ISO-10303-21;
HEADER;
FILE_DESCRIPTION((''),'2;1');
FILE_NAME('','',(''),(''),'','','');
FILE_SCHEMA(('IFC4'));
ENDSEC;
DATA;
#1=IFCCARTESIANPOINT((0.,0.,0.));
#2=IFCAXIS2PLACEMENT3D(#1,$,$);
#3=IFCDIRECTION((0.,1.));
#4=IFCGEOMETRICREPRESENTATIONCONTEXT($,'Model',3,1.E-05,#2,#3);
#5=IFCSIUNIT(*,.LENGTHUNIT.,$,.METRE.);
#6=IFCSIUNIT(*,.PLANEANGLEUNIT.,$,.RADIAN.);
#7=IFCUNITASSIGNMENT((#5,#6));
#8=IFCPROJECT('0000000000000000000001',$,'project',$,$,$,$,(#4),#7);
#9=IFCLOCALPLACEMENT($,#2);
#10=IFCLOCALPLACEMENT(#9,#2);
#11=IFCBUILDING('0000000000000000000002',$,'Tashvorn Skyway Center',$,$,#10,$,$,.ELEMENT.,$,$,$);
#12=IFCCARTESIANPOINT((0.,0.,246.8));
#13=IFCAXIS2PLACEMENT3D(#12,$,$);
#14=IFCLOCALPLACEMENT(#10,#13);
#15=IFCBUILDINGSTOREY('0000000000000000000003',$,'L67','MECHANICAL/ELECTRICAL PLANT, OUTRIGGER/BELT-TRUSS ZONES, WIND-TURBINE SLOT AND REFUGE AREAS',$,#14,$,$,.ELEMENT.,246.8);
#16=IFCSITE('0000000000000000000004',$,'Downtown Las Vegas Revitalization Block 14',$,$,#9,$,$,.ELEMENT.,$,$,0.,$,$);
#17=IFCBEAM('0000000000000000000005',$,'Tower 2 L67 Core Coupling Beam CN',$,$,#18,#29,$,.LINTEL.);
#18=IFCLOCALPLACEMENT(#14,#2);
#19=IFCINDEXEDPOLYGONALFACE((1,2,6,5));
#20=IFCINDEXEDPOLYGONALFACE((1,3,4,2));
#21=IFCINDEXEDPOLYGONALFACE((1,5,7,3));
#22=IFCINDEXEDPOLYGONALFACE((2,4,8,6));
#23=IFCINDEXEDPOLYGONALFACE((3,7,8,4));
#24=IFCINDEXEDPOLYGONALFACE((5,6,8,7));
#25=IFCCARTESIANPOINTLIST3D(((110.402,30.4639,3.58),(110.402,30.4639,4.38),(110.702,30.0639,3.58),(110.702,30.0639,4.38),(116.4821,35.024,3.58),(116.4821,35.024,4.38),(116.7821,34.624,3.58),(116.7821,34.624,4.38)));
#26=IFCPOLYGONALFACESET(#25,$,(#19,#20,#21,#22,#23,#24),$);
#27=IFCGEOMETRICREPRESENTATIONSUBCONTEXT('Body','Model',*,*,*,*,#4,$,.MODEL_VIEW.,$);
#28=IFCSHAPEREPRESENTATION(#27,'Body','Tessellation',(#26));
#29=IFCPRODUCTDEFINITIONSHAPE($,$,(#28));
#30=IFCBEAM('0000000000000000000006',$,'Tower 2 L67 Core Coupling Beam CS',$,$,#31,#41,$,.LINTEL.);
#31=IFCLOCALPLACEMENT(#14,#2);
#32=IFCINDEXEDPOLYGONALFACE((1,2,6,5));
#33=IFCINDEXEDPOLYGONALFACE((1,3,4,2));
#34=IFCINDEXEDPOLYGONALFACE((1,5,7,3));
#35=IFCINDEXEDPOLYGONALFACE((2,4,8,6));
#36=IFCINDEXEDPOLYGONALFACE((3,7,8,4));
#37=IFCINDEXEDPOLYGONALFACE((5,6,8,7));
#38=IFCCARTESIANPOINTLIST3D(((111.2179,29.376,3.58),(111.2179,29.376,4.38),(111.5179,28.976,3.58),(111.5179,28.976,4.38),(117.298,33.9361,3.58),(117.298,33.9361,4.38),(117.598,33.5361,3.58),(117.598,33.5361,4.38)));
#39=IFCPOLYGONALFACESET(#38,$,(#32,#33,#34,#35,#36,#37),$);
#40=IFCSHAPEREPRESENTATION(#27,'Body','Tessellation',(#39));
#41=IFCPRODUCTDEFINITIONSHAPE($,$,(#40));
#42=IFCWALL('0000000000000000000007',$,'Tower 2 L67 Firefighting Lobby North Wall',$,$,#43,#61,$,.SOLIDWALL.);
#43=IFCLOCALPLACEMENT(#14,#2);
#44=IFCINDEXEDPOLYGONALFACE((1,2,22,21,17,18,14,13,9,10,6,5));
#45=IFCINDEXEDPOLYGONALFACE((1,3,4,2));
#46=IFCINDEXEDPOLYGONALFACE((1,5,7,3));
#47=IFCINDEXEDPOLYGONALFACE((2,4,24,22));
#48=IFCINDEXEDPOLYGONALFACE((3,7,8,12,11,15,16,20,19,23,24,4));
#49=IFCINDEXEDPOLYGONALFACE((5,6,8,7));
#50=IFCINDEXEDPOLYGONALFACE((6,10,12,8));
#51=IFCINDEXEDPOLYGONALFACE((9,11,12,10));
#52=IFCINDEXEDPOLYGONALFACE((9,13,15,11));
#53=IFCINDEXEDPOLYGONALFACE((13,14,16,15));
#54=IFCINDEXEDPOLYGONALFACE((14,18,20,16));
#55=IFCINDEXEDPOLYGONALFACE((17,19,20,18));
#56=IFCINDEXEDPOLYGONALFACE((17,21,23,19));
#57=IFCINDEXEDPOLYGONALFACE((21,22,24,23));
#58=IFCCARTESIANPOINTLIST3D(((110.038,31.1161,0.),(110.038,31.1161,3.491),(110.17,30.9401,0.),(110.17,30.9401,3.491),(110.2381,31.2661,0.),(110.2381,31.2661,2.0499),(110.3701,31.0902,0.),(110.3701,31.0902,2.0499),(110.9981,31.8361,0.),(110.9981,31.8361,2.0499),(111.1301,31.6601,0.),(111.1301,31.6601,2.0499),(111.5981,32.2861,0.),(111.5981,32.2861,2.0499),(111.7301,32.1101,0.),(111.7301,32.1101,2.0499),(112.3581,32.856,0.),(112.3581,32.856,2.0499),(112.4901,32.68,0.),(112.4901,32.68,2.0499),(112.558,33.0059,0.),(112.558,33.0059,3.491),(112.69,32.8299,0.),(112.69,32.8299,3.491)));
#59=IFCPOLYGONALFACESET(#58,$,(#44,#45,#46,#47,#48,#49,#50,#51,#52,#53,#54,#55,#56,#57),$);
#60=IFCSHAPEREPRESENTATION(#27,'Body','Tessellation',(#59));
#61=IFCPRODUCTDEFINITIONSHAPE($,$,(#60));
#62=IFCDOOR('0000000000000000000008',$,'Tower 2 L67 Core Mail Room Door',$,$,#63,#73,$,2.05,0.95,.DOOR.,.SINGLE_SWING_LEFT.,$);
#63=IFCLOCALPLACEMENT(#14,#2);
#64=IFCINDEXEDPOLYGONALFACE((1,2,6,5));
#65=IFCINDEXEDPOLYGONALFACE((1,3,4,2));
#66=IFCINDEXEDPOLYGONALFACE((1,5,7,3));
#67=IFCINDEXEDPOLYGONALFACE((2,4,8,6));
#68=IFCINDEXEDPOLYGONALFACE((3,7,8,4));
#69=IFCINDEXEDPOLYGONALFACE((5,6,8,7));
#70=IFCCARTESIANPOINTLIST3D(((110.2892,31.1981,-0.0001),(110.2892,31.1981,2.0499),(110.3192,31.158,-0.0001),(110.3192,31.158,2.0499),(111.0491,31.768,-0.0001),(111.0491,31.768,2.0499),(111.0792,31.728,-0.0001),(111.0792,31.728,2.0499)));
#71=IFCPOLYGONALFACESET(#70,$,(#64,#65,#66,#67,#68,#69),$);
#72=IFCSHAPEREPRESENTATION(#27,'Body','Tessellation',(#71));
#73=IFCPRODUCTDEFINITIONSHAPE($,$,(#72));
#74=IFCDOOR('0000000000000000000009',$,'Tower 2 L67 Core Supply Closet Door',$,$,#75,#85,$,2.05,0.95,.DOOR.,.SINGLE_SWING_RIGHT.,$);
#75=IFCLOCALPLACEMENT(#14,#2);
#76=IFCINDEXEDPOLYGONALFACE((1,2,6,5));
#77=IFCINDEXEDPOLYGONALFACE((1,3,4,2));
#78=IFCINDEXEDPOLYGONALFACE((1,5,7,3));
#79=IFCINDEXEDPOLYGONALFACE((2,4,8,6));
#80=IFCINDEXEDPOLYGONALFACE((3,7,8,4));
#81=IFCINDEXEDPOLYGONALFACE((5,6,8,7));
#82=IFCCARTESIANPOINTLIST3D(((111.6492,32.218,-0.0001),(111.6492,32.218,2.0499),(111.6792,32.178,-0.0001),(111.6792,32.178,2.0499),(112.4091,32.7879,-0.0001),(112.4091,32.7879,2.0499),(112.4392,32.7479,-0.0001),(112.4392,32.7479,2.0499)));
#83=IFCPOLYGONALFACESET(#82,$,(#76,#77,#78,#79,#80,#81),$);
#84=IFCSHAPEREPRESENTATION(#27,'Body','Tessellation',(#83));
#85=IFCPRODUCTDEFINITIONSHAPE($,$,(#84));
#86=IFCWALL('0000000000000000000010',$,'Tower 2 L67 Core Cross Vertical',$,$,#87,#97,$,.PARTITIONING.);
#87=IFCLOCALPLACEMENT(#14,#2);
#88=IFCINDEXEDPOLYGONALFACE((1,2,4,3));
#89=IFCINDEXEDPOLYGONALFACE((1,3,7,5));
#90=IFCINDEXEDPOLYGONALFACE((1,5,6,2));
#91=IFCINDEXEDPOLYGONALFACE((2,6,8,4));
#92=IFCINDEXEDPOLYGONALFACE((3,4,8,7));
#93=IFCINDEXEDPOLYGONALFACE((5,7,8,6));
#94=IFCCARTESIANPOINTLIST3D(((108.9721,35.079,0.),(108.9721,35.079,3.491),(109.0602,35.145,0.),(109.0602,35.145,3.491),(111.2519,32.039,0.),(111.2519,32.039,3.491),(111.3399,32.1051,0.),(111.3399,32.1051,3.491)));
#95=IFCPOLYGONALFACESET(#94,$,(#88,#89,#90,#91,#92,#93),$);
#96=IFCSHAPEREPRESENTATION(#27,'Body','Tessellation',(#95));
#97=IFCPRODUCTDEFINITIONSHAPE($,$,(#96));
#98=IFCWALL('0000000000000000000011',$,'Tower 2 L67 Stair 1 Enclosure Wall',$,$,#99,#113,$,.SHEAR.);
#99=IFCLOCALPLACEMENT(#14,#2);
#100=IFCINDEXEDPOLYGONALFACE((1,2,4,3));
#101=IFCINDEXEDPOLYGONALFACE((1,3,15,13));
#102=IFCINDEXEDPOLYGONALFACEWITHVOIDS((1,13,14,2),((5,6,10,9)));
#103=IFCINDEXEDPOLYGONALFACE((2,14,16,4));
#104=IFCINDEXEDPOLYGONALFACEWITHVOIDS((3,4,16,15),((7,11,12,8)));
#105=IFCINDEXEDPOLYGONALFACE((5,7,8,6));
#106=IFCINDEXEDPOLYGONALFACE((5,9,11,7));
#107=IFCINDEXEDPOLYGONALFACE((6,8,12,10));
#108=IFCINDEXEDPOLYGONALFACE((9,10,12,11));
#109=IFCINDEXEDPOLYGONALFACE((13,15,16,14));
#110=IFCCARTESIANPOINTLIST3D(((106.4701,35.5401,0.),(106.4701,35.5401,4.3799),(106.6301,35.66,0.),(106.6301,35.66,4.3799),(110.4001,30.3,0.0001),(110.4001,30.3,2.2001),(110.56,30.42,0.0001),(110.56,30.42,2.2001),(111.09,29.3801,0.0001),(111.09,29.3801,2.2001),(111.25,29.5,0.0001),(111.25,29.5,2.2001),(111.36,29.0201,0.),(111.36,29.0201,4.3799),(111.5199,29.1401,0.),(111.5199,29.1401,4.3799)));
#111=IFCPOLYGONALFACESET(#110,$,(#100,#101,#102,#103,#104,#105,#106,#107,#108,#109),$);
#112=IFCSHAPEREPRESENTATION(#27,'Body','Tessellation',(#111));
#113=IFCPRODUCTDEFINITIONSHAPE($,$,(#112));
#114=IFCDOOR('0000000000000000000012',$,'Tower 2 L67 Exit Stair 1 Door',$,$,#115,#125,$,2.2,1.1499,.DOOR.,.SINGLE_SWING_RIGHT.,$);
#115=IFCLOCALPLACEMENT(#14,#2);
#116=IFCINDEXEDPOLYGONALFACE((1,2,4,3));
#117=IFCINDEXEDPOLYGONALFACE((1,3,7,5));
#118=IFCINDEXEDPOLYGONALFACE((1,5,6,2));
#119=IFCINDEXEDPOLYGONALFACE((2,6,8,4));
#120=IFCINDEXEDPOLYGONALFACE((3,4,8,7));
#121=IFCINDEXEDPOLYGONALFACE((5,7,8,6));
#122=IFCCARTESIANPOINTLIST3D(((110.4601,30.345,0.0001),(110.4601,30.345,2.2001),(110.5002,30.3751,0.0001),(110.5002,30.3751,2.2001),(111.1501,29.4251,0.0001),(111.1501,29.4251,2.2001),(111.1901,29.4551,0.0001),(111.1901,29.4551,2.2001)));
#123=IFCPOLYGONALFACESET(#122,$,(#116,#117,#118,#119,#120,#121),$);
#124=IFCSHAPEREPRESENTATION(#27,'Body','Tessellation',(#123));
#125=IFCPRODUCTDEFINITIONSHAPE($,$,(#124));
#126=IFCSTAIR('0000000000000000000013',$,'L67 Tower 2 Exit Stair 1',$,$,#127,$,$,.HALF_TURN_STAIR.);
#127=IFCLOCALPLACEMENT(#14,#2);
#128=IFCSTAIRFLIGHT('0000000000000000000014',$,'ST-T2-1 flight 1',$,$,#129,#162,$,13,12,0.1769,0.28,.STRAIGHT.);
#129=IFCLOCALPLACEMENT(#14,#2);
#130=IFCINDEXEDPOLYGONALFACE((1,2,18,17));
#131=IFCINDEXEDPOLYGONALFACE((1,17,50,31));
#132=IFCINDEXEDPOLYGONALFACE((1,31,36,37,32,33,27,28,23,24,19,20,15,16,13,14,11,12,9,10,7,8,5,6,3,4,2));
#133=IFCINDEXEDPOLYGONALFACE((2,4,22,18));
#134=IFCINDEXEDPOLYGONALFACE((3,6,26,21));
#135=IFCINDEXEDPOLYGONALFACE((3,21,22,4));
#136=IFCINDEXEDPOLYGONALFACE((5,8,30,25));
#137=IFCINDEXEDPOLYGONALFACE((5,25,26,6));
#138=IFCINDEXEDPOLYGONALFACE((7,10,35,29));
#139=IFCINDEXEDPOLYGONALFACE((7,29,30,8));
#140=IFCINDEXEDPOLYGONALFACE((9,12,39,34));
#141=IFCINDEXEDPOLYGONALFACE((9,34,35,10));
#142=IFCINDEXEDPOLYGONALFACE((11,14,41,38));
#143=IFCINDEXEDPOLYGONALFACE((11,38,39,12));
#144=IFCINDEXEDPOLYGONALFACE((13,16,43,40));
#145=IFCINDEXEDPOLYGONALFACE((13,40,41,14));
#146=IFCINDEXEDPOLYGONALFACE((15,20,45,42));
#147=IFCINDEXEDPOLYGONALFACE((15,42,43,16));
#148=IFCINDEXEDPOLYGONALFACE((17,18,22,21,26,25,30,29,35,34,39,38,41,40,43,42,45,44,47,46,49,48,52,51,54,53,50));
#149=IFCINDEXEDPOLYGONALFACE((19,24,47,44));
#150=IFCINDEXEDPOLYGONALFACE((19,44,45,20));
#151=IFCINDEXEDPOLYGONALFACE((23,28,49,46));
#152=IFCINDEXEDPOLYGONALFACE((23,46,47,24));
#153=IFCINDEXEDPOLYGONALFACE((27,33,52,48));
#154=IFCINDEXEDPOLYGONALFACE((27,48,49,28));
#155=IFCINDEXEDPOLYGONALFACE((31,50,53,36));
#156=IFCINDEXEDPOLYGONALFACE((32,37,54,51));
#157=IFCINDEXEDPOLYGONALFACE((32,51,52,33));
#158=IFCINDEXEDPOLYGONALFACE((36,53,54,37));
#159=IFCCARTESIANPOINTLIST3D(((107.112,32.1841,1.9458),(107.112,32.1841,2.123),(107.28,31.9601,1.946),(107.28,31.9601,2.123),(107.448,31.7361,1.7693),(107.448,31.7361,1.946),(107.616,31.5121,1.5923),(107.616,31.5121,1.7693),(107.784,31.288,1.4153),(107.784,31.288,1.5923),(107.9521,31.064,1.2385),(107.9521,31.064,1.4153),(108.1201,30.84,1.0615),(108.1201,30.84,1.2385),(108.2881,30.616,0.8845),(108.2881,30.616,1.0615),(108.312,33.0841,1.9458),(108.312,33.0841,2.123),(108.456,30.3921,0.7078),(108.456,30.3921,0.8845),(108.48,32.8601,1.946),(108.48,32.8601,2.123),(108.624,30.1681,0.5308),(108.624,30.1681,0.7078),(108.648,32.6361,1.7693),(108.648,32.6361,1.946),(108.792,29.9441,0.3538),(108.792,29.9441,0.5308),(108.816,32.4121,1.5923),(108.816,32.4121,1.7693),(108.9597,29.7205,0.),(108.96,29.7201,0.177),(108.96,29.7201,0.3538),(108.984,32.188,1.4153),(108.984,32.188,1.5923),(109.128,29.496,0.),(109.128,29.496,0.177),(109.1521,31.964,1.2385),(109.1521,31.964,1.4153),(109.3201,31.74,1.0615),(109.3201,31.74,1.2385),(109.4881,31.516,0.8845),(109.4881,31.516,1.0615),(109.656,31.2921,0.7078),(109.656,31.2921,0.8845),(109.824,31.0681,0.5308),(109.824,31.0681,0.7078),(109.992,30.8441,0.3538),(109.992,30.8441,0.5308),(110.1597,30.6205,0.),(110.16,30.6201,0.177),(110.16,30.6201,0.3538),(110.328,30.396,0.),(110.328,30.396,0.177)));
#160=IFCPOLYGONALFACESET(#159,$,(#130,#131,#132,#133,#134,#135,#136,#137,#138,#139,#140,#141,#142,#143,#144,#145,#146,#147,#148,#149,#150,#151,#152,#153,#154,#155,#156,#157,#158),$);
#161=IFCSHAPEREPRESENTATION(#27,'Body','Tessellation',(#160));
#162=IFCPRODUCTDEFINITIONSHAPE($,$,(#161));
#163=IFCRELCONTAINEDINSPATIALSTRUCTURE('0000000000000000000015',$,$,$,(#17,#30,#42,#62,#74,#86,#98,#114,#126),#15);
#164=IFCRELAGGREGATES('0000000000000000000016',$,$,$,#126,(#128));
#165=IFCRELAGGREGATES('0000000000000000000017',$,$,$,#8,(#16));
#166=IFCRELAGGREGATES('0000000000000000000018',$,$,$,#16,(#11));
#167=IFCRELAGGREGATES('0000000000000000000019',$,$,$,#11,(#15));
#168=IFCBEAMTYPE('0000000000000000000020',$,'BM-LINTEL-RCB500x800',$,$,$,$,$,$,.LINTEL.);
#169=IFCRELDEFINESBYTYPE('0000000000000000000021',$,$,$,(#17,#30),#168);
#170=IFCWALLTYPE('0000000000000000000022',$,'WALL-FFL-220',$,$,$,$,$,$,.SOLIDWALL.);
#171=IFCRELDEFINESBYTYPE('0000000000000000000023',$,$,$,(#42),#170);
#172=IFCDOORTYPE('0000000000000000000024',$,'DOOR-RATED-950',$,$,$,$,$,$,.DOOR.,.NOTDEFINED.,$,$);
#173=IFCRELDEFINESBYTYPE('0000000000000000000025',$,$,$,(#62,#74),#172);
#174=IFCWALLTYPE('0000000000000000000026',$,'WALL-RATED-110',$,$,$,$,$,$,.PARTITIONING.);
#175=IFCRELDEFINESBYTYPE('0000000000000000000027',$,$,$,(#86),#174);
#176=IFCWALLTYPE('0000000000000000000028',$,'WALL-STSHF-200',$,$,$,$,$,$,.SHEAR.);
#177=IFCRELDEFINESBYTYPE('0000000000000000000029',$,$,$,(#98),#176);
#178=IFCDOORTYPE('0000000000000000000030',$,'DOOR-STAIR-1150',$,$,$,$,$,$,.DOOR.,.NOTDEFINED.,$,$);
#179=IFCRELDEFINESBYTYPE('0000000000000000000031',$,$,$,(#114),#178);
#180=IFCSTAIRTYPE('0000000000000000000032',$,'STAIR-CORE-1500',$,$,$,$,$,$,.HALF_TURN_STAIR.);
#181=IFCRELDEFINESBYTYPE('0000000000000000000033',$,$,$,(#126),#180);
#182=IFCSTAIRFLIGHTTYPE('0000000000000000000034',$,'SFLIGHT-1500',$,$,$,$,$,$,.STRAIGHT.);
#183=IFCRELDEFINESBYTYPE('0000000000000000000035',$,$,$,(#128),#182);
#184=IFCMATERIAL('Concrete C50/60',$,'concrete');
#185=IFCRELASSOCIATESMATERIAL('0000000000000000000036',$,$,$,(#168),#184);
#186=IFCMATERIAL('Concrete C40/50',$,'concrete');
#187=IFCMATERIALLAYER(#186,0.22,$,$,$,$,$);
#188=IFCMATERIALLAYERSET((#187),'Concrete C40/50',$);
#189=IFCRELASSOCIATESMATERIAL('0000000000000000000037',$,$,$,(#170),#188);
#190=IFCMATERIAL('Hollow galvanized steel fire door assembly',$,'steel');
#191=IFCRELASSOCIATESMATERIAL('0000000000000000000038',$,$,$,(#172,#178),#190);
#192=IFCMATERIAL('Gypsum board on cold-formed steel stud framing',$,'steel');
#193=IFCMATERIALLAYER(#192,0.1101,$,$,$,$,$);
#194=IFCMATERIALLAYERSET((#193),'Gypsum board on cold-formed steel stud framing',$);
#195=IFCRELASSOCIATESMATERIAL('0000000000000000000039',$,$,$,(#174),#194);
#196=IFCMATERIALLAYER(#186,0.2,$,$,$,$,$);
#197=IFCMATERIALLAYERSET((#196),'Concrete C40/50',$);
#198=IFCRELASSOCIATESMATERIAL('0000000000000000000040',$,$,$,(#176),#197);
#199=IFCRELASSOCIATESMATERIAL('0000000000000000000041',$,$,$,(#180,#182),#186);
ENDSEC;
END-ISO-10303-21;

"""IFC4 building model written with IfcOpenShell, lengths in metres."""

from ifc_helpers import new_model, si_unit, direction, frame, frame_2d, origin, origin_2d, place, context, subcontext, project, spatial, polyline, rectangle, outline, extrude, material, layer, layer_set, material_profile, profile_set, type_object, element, fill, aggregate, save


model = new_model("IFC4")

# Units and contexts
model_context = context("Model", 3, precision=1e-05, world=origin(), true_north=direction((0.0, 1.0)))
body_context = subcontext(model_context, "Body", "Model", "MODEL_VIEW")
ifc_project = project(units=[si_unit("LENGTHUNIT", "METRE"), si_unit("PLANEANGLEUNIT", "RADIAN")], contexts=[model_context])

# Site, building, storey
site_placement = place(None, origin())
site = spatial("IfcSite", under=ifc_project, at=site_placement, Name="Downtown Las Vegas Revitalization Block 14", CompositionType="ELEMENT", RefElevation=0.0)
building_placement = place(site_placement, origin())
building = spatial("IfcBuilding", under=site, at=building_placement, Name="Tashvorn Skyway Center", CompositionType="ELEMENT")
storey_placement = place(building_placement, frame((0.0, 0.0, 246.8)))
storey = spatial("IfcBuildingStorey", under=building, at=storey_placement, Name="L67", Description="MECHANICAL/ELECTRICAL PLANT, OUTRIGGER/BELT-TRUSS ZONES, WIND-TURBINE SLOT AND REFUGE AREAS", CompositionType="ELEMENT", Elevation=246.8)

# Beams
ifc_material_1 = material(Name="Concrete C50/60", Category="concrete")
ifc_material_profile = material_profile(ifc_material_1, rectangle(XDim=0.5, YDim=0.8, at=origin_2d()), Name="RCB500x800")
ifc_profile_set = profile_set([ifc_material_profile], Name="Concrete C50/60")
beam_type = type_object("IfcBeamType", Name="BM-LINTEL-RCB500x800", PredefinedType="LINTEL", material=ifc_profile_set)
for number, where, z_axis, x_axis, name in (
    (1, (110.552, 30.2639, 3.98), (0.8, 0.6, 0.0), (-0.6, 0.8, 0.0), "Tower 2 L67 Core Coupling Beam CN"),
    (2, (111.3679, 29.176, 3.98), (0.8, 0.6, 0.0), (-0.6, 0.8, 0.0), "Tower 2 L67 Core Coupling Beam CS"),
):
    element("IfcBeam", number, at=place(storey_placement, frame(where, z_axis=z_axis, x_axis=x_axis)), inside=storey, type_object=beam_type, Name=name, PredefinedType="LINTEL", context=body_context, shape_type="SweptSolid", body=[
        extrude(rectangle(XDim=0.5, YDim=0.8, at=origin_2d()), origin(), (0.0, 0.0, 1.0), 7.6001),
    ])

# Wall, openings, doors
ifc_material_2 = material(Name="Concrete C40/50", Category="concrete")
ifc_layer_1 = layer(ifc_material_2, 0.22)
ifc_layer_set_1 = layer_set([ifc_layer_1], Name="Concrete C40/50")
wall_type_1 = type_object("IfcWallType", Name="WALL-FFL-220", PredefinedType="SOLIDWALL", material=ifc_layer_set_1)
wall_1_placement = place(storey_placement, frame((110.104, 31.0281, 0.0), z_axis=(0.0, 0.0, 1.0), x_axis=(0.800019, 0.599975, 0.0)))
wall_1 = element("IfcWall", 3, at=wall_1_placement, inside=storey, type_object=wall_type_1, Name="Tower 2 L67 Firefighting Lobby North Wall", PredefinedType="SOLIDWALL", context=body_context, shape_type="SweptSolid", body=[
    extrude(rectangle(XDim=3.1499, YDim=0.22, at=frame_2d((1.575, 0.0))), origin(), (0.0, 0.0, 1.0), 3.491),
])
opening_1_placement = place(wall_1_placement, frame((0.25, 0.0, 0.0)))
opening_1 = element("IfcOpeningElement", 4, at=opening_1_placement, cuts=wall_1, PredefinedType="OPENING", context=body_context, shape_type="SweptSolid", body=[
    extrude(rectangle(XDim=0.95, YDim=2.05, at=frame_2d((0.4751, 1.0249))), frame((0.0, 0.1199, 0.0), z_axis=(0.0, -1.0, 0.0), x_axis=(1.0, 0.0, 0.0)), (0.0, 0.0, 1.0), 0.24),
])
opening_2_placement = place(wall_1_placement, frame((1.95, 0.0, 0.0)))
opening_2 = element("IfcOpeningElement", 5, at=opening_2_placement, cuts=wall_1, PredefinedType="OPENING", context=body_context, shape_type="SweptSolid", body=[
    extrude(rectangle(XDim=0.95, YDim=2.05, at=frame_2d((0.4751, 1.0249))), frame((0.0, 0.1199, 0.0), z_axis=(0.0, -1.0, 0.0), x_axis=(1.0, 0.0, 0.0)), (0.0, 0.0, 1.0), 0.24),
])
ifc_material_3 = material(Name="Hollow galvanized steel fire door assembly", Category="steel")
door_type_1 = type_object("IfcDoorType", Name="DOOR-RATED-950", OperationType="NOTDEFINED", PredefinedType="DOOR", material=ifc_material_3)
door_1_placement = place(opening_1_placement, origin())
door_1 = element("IfcDoor", 6, at=door_1_placement, inside=storey, type_object=door_type_1, Name="Tower 2 L67 Core Mail Room Door", OperationType="SINGLE_SWING_LEFT", OverallHeight=2.05, OverallWidth=0.95, PredefinedType="DOOR", context=body_context, shape_type="SweptSolid", body=[
    extrude(rectangle(XDim=0.95, YDim=2.05, at=frame_2d((0.4751, 1.0249))), frame((0.0, 0.0249, 0.0), z_axis=(0.0, -1.0, 0.0), x_axis=(1.0, 0.0, 0.0)), (0.0, 0.0, 1.0), 0.05),
])
fill(opening_1, door_1)
door_2_placement = place(opening_2_placement, origin())
door_2 = element("IfcDoor", 7, at=door_2_placement, inside=storey, type_object=door_type_1, Name="Tower 2 L67 Core Supply Closet Door", OperationType="SINGLE_SWING_RIGHT", OverallHeight=2.05, OverallWidth=0.95, PredefinedType="DOOR", context=body_context, shape_type="SweptSolid", body=[
    extrude(rectangle(XDim=0.95, YDim=2.05, at=frame_2d((0.4751, 1.0249))), frame((0.0, 0.0249, 0.0), z_axis=(0.0, -1.0, 0.0), x_axis=(1.0, 0.0, 0.0)), (0.0, 0.0, 1.0), 0.05),
])
fill(opening_2, door_2)

# Wall
ifc_material_4 = material(Name="Gypsum board on cold-formed steel stud framing", Category="steel")
ifc_layer_2 = layer(ifc_material_4, 0.1101)
ifc_layer_set_2 = layer_set([ifc_layer_2], Name="Gypsum board on cold-formed steel stud framing")
wall_type_2 = type_object("IfcWallType", Name="WALL-RATED-110", PredefinedType="PARTITIONING", material=ifc_layer_set_2)
wall_2_placement = place(storey_placement, frame((111.2959, 32.072, 0.0), z_axis=(0.0, 0.0, 1.0), x_axis=(-0.599959, 0.800031, 0.0)))
element("IfcWall", 8, at=wall_2_placement, inside=storey, type_object=wall_type_2, Name="Tower 2 L67 Core Cross Vertical", PredefinedType="PARTITIONING", context=body_context, shape_type="SweptSolid", body=[
    extrude(rectangle(XDim=3.7998, YDim=0.1101, at=frame_2d((1.8999, 0.0))), origin(), (0.0, 0.0, 1.0), 3.491),
])

# Wall, opening, door
ifc_layer_3 = layer(ifc_material_2, 0.2)
ifc_layer_set_3 = layer_set([ifc_layer_3], Name="Concrete C40/50")
wall_type_3 = type_object("IfcWallType", Name="WALL-STSHF-200", PredefinedType="SHEAR", material=ifc_layer_set_3)
wall_3_placement = place(storey_placement, frame((111.4399, 29.0801, 0.0), z_axis=(0.0, 0.0, 1.0), x_axis=(-0.59999, 0.800007, 0.0)))
wall_3 = element("IfcWall", 9, at=wall_3_placement, inside=storey, type_object=wall_type_3, Name="Tower 2 L67 Stair 1 Enclosure Wall", PredefinedType="SHEAR", context=body_context, shape_type="SweptSolid", body=[
    extrude(rectangle(XDim=8.1499, YDim=0.2, at=frame_2d((4.075, 0.0))), origin(), (0.0, 0.0, 1.0), 4.3799),
])
opening_3_placement = place(wall_3_placement, frame((0.45, 0.0, 0.0)))
opening_3 = element("IfcOpeningElement", 10, at=opening_3_placement, cuts=wall_3, PredefinedType="OPENING", context=body_context, shape_type="SweptSolid", body=[
    extrude(rectangle(XDim=1.1499, YDim=2.2, at=frame_2d((0.575, 1.1001))), frame((0.0, 0.1099, 0.0), z_axis=(0.0, -1.0, 0.0), x_axis=(1.0, 0.0, 0.0)), (0.0, 0.0, 1.0), 0.22),
])
door_type_2 = type_object("IfcDoorType", Name="DOOR-STAIR-1150", OperationType="NOTDEFINED", PredefinedType="DOOR", material=ifc_material_3)
door_3_placement = place(opening_3_placement, origin())
door_3 = element("IfcDoor", 11, at=door_3_placement, inside=storey, type_object=door_type_2, Name="Tower 2 L67 Exit Stair 1 Door", OperationType="SINGLE_SWING_RIGHT", OverallHeight=2.2, OverallWidth=1.1499, PredefinedType="DOOR", context=body_context, shape_type="SweptSolid", body=[
    extrude(rectangle(XDim=1.1499, YDim=2.2, at=frame_2d((0.575, 1.1001))), frame((0.0, 0.0249, 0.0), z_axis=(0.0, -1.0, 0.0), x_axis=(1.0, 0.0, 0.0)), (0.0, 0.0, 1.0), 0.05),
])
fill(opening_3, door_3)

# Stair, stair flight
stair_type = type_object("IfcStairType", Name="STAIR-CORE-1500", PredefinedType="HALF_TURN_STAIR", material=ifc_material_2)
stair_placement = place(storey_placement, origin())
stair = element("IfcStair", 12, at=stair_placement, inside=storey, type_object=stair_type, Name="L67 Tower 2 Exit Stair 1", PredefinedType="HALF_TURN_STAIR")
stair_flight_type = type_object("IfcStairFlightType", Name="SFLIGHT-1500", PredefinedType="STRAIGHT", material=ifc_material_2)
stair_flight_1_placement = place(storey_placement, frame((109.728, 29.946, 0.0), z_axis=(0.0, 0.0, 1.0), x_axis=(-0.6, 0.8, 0.0)))
stair_flight_1 = element("IfcStairFlight", 13, at=stair_flight_1_placement, type_object=stair_flight_type, Name="ST-T2-1 flight 1", NumberOfRisers=13, NumberOfTreads=12, PredefinedType="STRAIGHT", RiserHeight=0.1769, TreadLength=0.28, context=body_context, shape_type="SweptSolid", body=[
    extrude(outline(polyline([(0.0, 0.0), (0.0, 0.177), (0.28, 0.177), (0.28, 0.3538), (0.5601, 0.3538), (0.5601, 0.5308), (0.8401, 0.5308), (0.8401, 0.7078), (1.1201, 0.7078), (1.1201, 0.8845), (1.3999, 0.8845), (1.3999, 1.0615), (1.6799, 1.0615), (1.6799, 1.2385), (1.96, 1.2385), (1.96, 1.4153), (2.24, 1.4153), (2.24, 1.5923), (2.52, 1.5923), (2.52, 1.7693), (2.8, 1.7693), (2.8, 1.946), (3.0801, 1.946), (3.0801, 2.123), (3.3601, 2.123), (3.3601, 2.3), (3.3601, 1.9458), (0.2805, 0.0), (0.0, 0.0)])), frame((0.0, 0.75, 0.0), z_axis=(0.0, -1.0, 0.0), x_axis=(1.0, 0.0, 0.0)), (0.0, 0.0, 1.0), 1.5),
])
aggregate(stair, [stair_flight_1])

save(model, "model.ifc")
